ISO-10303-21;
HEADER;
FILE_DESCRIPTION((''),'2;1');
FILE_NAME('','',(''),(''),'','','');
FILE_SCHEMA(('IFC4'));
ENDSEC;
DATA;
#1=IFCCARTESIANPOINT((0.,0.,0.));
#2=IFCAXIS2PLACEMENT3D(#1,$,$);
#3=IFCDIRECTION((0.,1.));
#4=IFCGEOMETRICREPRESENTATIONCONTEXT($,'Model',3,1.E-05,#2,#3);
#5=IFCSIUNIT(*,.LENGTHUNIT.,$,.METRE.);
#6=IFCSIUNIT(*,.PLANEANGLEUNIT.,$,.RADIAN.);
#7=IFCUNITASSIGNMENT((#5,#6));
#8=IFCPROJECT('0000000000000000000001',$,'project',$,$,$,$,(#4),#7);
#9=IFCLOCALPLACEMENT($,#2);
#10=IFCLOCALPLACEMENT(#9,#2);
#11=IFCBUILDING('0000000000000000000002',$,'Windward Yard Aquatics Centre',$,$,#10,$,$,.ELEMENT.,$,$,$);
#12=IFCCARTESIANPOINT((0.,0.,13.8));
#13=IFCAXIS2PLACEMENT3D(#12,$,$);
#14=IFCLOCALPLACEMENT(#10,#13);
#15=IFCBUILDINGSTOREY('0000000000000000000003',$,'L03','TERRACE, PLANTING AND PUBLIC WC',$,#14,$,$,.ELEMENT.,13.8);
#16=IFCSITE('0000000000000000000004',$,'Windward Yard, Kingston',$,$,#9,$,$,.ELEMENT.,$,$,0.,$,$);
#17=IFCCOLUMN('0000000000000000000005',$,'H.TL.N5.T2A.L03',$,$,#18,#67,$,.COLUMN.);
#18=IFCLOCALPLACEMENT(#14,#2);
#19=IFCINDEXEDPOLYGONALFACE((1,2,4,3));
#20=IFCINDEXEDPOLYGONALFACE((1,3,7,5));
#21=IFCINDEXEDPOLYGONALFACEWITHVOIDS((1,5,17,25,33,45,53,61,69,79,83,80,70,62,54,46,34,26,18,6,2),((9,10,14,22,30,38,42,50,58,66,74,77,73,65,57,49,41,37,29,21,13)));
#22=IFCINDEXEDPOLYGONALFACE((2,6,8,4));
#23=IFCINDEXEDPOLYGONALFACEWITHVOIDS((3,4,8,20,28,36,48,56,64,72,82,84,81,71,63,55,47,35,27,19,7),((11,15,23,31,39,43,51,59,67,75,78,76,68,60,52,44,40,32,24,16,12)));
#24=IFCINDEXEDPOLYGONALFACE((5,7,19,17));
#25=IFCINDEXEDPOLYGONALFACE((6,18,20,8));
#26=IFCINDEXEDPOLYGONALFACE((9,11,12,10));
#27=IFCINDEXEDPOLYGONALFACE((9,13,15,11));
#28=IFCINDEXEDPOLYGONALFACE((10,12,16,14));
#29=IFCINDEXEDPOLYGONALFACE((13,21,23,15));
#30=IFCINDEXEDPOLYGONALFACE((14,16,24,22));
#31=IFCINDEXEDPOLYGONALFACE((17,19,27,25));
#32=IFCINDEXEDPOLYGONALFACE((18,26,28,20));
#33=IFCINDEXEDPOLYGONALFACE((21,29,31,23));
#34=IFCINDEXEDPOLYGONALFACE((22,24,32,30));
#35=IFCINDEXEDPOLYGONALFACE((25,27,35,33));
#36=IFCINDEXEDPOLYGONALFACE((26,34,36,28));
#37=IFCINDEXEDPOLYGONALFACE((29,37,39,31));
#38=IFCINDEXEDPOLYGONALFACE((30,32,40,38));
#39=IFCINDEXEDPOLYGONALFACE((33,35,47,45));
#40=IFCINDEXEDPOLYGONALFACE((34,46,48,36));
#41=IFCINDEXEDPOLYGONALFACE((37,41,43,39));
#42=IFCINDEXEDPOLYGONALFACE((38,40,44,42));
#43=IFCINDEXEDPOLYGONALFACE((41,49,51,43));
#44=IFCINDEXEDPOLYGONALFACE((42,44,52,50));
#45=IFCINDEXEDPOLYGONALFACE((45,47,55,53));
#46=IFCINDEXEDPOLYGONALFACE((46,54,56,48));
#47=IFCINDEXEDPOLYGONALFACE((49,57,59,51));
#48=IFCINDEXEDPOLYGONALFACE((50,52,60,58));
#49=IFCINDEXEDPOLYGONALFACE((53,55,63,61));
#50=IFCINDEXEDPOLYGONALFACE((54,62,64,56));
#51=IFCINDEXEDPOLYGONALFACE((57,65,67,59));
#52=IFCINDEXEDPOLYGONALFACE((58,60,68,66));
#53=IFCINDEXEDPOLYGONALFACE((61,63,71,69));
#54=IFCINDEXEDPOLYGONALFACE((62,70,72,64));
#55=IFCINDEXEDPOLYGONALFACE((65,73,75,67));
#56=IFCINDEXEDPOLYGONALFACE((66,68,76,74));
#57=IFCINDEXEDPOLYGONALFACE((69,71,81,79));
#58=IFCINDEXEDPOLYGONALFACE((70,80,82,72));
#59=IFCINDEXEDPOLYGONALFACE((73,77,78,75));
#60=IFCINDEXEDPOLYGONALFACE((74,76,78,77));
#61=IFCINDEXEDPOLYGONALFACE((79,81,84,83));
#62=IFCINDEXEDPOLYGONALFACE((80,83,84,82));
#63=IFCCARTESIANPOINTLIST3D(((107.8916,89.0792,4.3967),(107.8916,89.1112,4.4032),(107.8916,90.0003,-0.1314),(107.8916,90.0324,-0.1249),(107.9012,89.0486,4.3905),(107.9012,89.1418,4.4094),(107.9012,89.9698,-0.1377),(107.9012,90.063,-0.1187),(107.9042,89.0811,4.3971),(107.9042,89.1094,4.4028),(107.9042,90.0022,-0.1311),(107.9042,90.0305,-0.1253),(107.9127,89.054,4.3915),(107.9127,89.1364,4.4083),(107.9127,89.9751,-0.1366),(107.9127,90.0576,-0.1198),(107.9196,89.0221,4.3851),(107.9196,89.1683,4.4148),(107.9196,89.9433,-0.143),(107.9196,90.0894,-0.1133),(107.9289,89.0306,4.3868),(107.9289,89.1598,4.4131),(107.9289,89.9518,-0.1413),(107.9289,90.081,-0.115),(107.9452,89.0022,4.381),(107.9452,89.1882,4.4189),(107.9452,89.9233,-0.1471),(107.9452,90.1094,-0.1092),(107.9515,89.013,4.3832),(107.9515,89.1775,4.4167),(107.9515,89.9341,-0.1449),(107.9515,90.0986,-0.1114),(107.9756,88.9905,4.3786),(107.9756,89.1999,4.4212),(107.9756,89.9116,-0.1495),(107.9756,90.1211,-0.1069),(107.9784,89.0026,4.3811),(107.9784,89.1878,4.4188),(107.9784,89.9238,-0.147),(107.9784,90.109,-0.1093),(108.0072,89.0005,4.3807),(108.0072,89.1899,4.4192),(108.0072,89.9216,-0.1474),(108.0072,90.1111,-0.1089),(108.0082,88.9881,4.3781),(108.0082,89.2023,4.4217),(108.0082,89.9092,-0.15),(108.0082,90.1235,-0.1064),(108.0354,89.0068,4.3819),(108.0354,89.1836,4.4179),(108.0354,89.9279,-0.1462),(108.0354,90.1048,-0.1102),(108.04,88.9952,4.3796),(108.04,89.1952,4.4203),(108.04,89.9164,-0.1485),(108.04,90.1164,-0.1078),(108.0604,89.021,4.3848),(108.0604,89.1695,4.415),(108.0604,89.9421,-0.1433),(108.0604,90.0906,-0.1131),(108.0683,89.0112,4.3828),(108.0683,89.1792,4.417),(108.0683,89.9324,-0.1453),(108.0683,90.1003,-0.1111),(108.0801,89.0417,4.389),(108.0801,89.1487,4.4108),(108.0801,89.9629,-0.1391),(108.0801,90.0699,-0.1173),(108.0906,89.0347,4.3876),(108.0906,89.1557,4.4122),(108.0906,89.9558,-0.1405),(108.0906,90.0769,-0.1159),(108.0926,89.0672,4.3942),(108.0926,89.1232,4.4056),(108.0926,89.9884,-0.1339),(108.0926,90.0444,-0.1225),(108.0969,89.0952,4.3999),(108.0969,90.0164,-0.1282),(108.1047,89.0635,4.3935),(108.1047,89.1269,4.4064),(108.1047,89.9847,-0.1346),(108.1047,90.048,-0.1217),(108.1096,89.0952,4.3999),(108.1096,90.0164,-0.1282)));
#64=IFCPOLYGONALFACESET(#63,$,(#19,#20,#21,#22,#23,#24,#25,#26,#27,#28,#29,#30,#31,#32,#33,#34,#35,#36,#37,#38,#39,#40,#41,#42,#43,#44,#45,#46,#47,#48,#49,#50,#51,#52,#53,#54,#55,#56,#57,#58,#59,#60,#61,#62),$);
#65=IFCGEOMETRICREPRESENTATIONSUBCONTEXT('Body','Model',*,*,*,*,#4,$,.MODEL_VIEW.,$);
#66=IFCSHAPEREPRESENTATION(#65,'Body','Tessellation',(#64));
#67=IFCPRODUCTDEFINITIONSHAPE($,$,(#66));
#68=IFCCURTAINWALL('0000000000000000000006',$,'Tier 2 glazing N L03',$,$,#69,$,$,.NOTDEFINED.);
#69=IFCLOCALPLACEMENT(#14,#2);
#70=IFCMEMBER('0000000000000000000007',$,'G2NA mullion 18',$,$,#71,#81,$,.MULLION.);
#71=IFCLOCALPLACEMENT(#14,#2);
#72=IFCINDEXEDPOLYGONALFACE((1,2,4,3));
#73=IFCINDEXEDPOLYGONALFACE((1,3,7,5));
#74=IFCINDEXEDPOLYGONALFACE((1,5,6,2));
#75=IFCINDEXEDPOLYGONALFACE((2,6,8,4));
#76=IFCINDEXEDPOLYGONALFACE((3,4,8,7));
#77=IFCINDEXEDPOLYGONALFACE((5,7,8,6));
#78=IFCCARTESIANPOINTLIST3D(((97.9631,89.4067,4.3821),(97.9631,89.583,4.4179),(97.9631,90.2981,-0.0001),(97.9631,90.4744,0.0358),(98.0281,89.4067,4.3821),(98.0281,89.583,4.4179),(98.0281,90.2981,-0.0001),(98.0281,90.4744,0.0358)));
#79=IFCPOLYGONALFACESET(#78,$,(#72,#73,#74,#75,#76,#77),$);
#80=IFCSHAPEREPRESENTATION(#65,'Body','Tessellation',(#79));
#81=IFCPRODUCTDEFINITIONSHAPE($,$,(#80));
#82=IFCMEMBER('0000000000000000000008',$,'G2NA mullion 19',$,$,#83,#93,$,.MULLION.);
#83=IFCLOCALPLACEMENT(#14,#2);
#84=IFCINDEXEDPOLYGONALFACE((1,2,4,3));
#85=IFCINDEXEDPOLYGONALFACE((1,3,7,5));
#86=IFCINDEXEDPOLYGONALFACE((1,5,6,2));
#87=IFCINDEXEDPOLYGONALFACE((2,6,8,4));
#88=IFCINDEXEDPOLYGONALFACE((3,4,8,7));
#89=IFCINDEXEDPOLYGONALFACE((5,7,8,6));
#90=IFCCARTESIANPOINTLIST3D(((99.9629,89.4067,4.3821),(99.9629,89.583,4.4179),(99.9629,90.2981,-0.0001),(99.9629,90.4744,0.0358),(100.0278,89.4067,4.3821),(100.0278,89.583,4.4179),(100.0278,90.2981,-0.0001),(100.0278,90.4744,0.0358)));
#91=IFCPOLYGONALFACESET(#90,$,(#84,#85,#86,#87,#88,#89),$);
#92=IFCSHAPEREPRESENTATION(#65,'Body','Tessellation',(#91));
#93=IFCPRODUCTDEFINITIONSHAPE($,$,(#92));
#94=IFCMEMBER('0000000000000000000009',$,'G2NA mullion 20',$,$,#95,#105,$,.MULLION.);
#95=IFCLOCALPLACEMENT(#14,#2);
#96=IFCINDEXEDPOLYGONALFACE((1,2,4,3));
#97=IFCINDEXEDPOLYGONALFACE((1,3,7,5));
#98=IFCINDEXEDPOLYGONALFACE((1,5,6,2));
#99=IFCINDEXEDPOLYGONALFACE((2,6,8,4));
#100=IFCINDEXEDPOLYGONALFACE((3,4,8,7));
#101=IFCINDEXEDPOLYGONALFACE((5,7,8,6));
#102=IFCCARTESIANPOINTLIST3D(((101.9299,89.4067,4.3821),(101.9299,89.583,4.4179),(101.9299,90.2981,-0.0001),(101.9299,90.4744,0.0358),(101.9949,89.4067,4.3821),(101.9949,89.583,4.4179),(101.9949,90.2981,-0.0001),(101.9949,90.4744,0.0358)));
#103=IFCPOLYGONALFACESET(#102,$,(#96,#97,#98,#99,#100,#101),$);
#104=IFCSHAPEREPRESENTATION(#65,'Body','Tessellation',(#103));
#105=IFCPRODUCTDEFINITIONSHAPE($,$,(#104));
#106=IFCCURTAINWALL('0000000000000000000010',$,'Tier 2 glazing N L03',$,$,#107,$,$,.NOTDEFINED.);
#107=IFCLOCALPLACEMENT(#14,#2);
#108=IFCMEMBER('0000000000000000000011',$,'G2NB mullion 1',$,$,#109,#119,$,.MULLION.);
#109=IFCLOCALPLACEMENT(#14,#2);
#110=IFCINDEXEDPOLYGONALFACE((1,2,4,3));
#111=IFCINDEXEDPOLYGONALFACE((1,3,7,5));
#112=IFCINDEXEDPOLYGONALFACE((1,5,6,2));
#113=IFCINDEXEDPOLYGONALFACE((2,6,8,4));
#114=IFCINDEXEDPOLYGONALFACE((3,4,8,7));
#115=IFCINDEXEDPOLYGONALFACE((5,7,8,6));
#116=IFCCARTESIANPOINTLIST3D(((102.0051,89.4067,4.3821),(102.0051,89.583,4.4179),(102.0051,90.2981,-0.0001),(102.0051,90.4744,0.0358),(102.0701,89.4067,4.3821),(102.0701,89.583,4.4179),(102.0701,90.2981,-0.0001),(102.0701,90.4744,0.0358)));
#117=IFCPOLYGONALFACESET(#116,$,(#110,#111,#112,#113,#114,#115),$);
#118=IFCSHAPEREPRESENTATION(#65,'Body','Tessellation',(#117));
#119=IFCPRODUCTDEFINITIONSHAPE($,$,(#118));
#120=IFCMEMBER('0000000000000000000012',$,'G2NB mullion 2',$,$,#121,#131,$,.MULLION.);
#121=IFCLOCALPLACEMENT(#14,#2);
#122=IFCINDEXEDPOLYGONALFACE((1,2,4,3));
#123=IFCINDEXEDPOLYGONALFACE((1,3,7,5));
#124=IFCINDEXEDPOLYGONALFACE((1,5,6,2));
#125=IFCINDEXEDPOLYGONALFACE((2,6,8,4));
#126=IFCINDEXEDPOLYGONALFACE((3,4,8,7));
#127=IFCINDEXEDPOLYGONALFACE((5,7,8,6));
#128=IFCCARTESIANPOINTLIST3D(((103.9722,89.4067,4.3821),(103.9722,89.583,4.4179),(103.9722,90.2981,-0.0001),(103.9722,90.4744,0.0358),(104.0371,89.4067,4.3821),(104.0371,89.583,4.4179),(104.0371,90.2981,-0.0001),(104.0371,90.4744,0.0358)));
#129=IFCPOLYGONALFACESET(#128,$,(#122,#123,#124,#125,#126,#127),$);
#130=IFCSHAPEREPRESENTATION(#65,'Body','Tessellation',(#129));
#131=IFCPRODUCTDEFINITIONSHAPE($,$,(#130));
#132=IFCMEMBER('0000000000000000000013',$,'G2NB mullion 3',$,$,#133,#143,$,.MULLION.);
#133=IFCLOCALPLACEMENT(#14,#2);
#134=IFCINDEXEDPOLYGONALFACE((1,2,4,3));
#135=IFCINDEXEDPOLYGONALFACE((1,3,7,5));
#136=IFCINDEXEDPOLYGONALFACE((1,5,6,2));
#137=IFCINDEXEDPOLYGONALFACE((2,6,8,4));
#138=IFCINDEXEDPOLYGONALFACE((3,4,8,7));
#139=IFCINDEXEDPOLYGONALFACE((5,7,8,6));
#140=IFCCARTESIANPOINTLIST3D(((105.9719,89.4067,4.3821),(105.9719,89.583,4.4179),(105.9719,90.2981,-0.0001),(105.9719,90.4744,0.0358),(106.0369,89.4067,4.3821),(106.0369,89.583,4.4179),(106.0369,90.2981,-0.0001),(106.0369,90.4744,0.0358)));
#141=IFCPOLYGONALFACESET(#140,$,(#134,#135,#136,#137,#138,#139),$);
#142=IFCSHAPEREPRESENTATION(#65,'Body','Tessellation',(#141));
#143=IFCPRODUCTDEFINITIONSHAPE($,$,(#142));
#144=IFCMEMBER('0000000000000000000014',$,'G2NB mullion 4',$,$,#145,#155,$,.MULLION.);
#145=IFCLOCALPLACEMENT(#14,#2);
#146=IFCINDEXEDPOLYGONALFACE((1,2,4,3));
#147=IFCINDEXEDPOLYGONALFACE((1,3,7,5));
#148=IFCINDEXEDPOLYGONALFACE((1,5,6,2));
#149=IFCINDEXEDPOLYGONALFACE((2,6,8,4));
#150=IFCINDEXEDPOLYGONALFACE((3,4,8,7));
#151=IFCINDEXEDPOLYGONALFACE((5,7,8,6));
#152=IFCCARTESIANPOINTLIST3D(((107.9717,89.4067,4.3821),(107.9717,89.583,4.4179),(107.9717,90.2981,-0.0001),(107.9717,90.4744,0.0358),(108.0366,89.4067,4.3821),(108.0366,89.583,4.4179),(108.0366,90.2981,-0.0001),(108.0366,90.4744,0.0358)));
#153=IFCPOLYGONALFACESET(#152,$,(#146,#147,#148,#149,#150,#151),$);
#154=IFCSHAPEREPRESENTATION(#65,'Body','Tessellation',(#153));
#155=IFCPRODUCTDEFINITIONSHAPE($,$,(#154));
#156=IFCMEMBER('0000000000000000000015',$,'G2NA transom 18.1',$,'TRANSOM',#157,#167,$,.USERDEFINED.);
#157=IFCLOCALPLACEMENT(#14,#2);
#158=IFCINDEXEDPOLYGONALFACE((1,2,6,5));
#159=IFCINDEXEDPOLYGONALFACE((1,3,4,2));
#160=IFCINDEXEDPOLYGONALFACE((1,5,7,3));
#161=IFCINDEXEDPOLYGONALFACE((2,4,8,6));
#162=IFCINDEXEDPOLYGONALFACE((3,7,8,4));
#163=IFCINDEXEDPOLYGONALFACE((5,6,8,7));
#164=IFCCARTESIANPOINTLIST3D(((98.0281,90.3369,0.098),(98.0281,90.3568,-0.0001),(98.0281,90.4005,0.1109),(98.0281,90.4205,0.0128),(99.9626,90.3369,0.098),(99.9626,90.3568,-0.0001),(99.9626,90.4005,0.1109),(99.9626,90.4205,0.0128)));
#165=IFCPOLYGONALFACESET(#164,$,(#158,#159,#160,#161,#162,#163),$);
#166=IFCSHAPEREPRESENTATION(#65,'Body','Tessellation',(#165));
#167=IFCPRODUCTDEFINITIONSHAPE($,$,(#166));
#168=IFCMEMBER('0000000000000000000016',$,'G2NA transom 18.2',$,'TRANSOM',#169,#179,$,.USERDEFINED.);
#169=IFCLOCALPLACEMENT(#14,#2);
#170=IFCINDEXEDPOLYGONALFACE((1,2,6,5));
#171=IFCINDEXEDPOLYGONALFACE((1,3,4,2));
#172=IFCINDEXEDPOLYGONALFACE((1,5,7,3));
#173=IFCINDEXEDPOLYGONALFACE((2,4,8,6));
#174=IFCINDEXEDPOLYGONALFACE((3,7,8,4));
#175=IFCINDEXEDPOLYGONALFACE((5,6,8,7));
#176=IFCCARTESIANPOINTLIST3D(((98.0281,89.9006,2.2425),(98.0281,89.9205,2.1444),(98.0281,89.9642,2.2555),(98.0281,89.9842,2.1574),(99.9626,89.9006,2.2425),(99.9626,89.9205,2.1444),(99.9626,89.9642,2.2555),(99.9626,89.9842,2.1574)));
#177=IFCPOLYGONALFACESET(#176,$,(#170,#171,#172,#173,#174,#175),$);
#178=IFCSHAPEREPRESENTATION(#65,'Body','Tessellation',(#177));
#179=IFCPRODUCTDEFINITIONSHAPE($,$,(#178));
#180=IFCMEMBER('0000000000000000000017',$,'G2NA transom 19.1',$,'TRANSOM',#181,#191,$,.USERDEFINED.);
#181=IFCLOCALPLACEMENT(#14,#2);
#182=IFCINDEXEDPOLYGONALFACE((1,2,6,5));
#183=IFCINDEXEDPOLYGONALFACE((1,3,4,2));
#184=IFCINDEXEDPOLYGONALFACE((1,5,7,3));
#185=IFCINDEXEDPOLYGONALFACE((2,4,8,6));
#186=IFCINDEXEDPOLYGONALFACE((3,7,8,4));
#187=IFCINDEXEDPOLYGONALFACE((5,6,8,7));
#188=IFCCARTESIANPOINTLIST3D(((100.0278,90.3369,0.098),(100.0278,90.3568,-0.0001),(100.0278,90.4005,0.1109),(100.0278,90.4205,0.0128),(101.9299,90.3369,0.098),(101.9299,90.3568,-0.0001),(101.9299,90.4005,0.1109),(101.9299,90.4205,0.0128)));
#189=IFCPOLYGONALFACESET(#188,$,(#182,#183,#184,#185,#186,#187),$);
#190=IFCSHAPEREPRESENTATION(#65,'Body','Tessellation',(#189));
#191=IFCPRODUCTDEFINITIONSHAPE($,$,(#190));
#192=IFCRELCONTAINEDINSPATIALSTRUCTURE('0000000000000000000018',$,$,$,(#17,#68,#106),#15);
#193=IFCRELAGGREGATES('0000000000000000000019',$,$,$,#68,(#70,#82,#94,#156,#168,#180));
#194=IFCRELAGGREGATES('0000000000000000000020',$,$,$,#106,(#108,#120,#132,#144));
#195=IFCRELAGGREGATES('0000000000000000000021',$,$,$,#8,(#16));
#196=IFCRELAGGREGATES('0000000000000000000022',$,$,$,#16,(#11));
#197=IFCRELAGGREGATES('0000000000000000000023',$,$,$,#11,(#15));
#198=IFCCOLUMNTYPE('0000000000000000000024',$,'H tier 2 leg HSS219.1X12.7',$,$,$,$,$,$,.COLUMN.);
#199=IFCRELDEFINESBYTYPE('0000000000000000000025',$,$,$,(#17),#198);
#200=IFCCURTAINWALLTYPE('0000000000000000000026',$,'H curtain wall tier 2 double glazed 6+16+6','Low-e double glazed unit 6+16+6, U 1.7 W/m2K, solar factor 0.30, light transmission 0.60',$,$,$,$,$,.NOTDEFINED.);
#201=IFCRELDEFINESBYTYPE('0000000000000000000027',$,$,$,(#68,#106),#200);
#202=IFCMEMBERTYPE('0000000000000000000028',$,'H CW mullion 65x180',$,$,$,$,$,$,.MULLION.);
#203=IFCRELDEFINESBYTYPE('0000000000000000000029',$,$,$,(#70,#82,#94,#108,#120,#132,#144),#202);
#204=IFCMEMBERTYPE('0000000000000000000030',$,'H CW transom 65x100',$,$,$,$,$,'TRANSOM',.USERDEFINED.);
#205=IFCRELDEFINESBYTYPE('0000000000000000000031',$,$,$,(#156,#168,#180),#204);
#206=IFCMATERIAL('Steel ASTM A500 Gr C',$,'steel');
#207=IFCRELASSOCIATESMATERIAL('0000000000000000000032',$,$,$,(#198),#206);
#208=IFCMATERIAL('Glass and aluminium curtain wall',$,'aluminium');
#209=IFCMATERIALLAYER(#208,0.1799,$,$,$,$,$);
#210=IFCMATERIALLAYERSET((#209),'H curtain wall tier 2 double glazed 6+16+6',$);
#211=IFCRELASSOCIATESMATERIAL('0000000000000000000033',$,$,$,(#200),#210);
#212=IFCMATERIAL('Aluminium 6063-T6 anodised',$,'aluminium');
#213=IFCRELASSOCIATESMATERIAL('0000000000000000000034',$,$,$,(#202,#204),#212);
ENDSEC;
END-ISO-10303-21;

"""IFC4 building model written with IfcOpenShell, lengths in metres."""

from ifc_helpers import new_model, si_unit, direction, frame, origin, origin_2d, place, context, subcontext, project, spatial, rectangle, hollow_circle, extrude, material, layer, layer_set, material_profile, profile_set, type_object, element, aggregate, save


model = new_model("IFC4")

# Units and contexts
model_context = context("Model", 3, precision=1e-05, world=origin(), true_north=direction((0.0, 1.0)))
body_context = subcontext(model_context, "Body", "Model", "MODEL_VIEW")
ifc_project = project(units=[si_unit("LENGTHUNIT", "METRE"), si_unit("PLANEANGLEUNIT", "RADIAN")], contexts=[model_context])

# Site, building, storey
site_placement = place(None, origin())
site = spatial("IfcSite", under=ifc_project, at=site_placement, Name="Windward Yard, Kingston", CompositionType="ELEMENT", RefElevation=0.0)
building_placement = place(site_placement, origin())
building = spatial("IfcBuilding", under=site, at=building_placement, Name="Windward Yard Aquatics Centre", CompositionType="ELEMENT")
storey_placement = place(building_placement, frame((0.0, 0.0, 13.8)))
storey = spatial("IfcBuildingStorey", under=building, at=storey_placement, Name="L03", Description="TERRACE, PLANTING AND PUBLIC WC", CompositionType="ELEMENT", Elevation=13.8)

# Column
ifc_material_1 = material(Name="Steel ASTM A500 Gr C", Category="steel")
ifc_material_profile_1 = material_profile(ifc_material_1, hollow_circle(Radius=0.1096, WallThickness=0.0127, at=origin_2d()), Name="HSS219.1X12.7")
ifc_profile_set_1 = profile_set([ifc_material_profile_1], Name="Steel ASTM A500 Gr C")
column_type = type_object("IfcColumnType", Name="H tier 2 leg HSS219.1X12.7", PredefinedType="COLUMN", material=ifc_profile_set_1)
column_placement = place(storey_placement, frame((108.0, 90.0164, -0.1282), z_axis=(0.0, -0.199346, 0.979929), x_axis=(1.0, 0.0, 0.0)))
element("IfcColumn", 1, at=column_placement, inside=storey, type_object=column_type, Name="H.TL.N5.T2A.L03", PredefinedType="COLUMN", context=body_context, shape_type="SweptSolid", body=[
    extrude(hollow_circle(Radius=0.1096, WallThickness=0.0127, at=origin_2d()), origin(), (0.0, 0.0, 1.0), 4.6208),
])

# Curtain walls, members
ifc_material_2 = material(Name="Glass and aluminium curtain wall", Category="aluminium")
ifc_layer_1 = layer(ifc_material_2, 0.1799)
ifc_layer_set_1 = layer_set([ifc_layer_1], Name="H curtain wall tier 2 double glazed 6+16+6")
curtain_wall_type = type_object("IfcCurtainWallType", Name="H curtain wall tier 2 double glazed 6+16+6", Description="Low-e double glazed unit 6+16+6, U 1.7 W/m2K, solar factor 0.30, light transmission 0.60", PredefinedType="NOTDEFINED", material=ifc_layer_set_1)
curtain_wall_1_placement = place(storey_placement, origin())
curtain_wall_1 = element("IfcCurtainWall", 2, at=curtain_wall_1_placement, inside=storey, type_object=curtain_wall_type, Name="Tier 2 glazing N L03", PredefinedType="NOTDEFINED")
ifc_material_3 = material(Name="Aluminium 6063-T6 anodised", Category="aluminium")
ifc_material_profile_2 = material_profile(ifc_material_3, rectangle(XDim=0.0649, YDim=0.1799, at=origin_2d()), Name="H CW mullion 65x180")
ifc_profile_set_2 = profile_set([ifc_material_profile_2], Name="Aluminium 6063-T6 anodised")
member_type_1 = type_object("IfcMemberType", Name="H CW mullion 65x180", PredefinedType="MULLION", material=ifc_profile_set_2)
member_1_placement = place(storey_placement, frame((97.9956, 90.3862, 0.0178), z_axis=(0.0, -0.199328, 0.979933), x_axis=(1.0, 0.0, 0.0)))
member_1 = element("IfcMember", 3, at=member_1_placement, type_object=member_type_1, Name="G2NA mullion 18", PredefinedType="MULLION", context=body_context, shape_type="SweptSolid", body=[
    extrude(rectangle(XDim=0.0649, YDim=0.1799, at=origin_2d()), origin(), (0.0, 0.0, 1.0), 4.4719),
])
member_2_placement = place(storey_placement, frame((99.9954, 90.3862, 0.0178), z_axis=(0.0, -0.199328, 0.979933), x_axis=(1.0, 0.0, 0.0)))
member_2 = element("IfcMember", 4, at=member_2_placement, type_object=member_type_1, Name="G2NA mullion 19", PredefinedType="MULLION", context=body_context, shape_type="SweptSolid", body=[
    extrude(rectangle(XDim=0.0649, YDim=0.1799, at=origin_2d()), origin(), (0.0, 0.0, 1.0), 4.4719),
])
member_3_placement = place(storey_placement, frame((101.9624, 90.3862, 0.0178), z_axis=(0.0, -0.199328, 0.979933), x_axis=(1.0, 0.0, 0.0)))
member_3 = element("IfcMember", 5, at=member_3_placement, type_object=member_type_1, Name="G2NA mullion 20", PredefinedType="MULLION", context=body_context, shape_type="SweptSolid", body=[
    extrude(rectangle(XDim=0.0649, YDim=0.1799, at=origin_2d()), origin(), (0.0, 0.0, 1.0), 4.4719),
])
curtain_wall_2_placement = place(storey_placement, origin())
curtain_wall_2 = element("IfcCurtainWall", 6, at=curtain_wall_2_placement, inside=storey, type_object=curtain_wall_type, Name="Tier 2 glazing N L03", PredefinedType="NOTDEFINED")
member_4_placement = place(storey_placement, frame((102.0376, 90.3862, 0.0178), z_axis=(0.0, -0.199328, 0.979933), x_axis=(1.0, 0.0, 0.0)))
member_4 = element("IfcMember", 7, at=member_4_placement, type_object=member_type_1, Name="G2NB mullion 1", PredefinedType="MULLION", context=body_context, shape_type="SweptSolid", body=[
    extrude(rectangle(XDim=0.0649, YDim=0.1799, at=origin_2d()), origin(), (0.0, 0.0, 1.0), 4.4719),
])
member_5_placement = place(storey_placement, frame((104.0046, 90.3862, 0.0178), z_axis=(0.0, -0.199328, 0.979933), x_axis=(1.0, 0.0, 0.0)))
member_5 = element("IfcMember", 8, at=member_5_placement, type_object=member_type_1, Name="G2NB mullion 2", PredefinedType="MULLION", context=body_context, shape_type="SweptSolid", body=[
    extrude(rectangle(XDim=0.0649, YDim=0.1799, at=origin_2d()), origin(), (0.0, 0.0, 1.0), 4.4719),
])
member_6_placement = place(storey_placement, frame((106.0044, 90.3862, 0.0178), z_axis=(0.0, -0.199328, 0.979933), x_axis=(1.0, 0.0, 0.0)))
member_6 = element("IfcMember", 9, at=member_6_placement, type_object=member_type_1, Name="G2NB mullion 3", PredefinedType="MULLION", context=body_context, shape_type="SweptSolid", body=[
    extrude(rectangle(XDim=0.0649, YDim=0.1799, at=origin_2d()), origin(), (0.0, 0.0, 1.0), 4.4719),
])
member_7_placement = place(storey_placement, frame((108.0042, 90.3862, 0.0178), z_axis=(0.0, -0.199328, 0.979933), x_axis=(1.0, 0.0, 0.0)))
member_7 = element("IfcMember", 10, at=member_7_placement, type_object=member_type_1, Name="G2NB mullion 4", PredefinedType="MULLION", context=body_context, shape_type="SweptSolid", body=[
    extrude(rectangle(XDim=0.0649, YDim=0.1799, at=origin_2d()), origin(), (0.0, 0.0, 1.0), 4.4719),
])

# Members
ifc_material_profile_3 = material_profile(ifc_material_3, rectangle(XDim=0.0649, YDim=0.1001, at=origin_2d()), Name="H CW transom 65x100")
ifc_profile_set_3 = profile_set([ifc_material_profile_3], Name="Aluminium 6063-T6 anodised")
member_type_2 = type_object("IfcMemberType", Name="H CW transom 65x100", ElementType="TRANSOM", PredefinedType="USERDEFINED", material=ifc_profile_set_3)
member_8_placement = place(storey_placement, frame((98.0281, 90.3787, 0.0554), z_axis=(1.0, 0.0, 0.0), x_axis=(0.0, 0.979925, 0.199368)))
member_8 = element("IfcMember", 11, at=member_8_placement, type_object=member_type_2, Name="G2NA transom 18.1", ObjectType="TRANSOM", PredefinedType="USERDEFINED", context=body_context, shape_type="SweptSolid", body=[
    extrude(rectangle(XDim=0.0649, YDim=0.1001, at=origin_2d()), origin(), (0.0, 0.0, 1.0), 1.9346),
])
member_9_placement = place(storey_placement, frame((98.0281, 89.9424, 2.2), z_axis=(1.0, 0.0, 0.0), x_axis=(0.0, 0.979925, 0.199368)))
member_9 = element("IfcMember", 12, at=member_9_placement, type_object=member_type_2, Name="G2NA transom 18.2", ObjectType="TRANSOM", PredefinedType="USERDEFINED", context=body_context, shape_type="SweptSolid", body=[
    extrude(rectangle(XDim=0.0649, YDim=0.1001, at=origin_2d()), origin(), (0.0, 0.0, 1.0), 1.9346),
])
member_10_placement = place(storey_placement, frame((100.0278, 90.3787, 0.0554), z_axis=(1.0, 0.0, 0.0), x_axis=(0.0, 0.979925, 0.199368)))
member_10 = element("IfcMember", 13, at=member_10_placement, type_object=member_type_2, Name="G2NA transom 19.1", ObjectType="TRANSOM", PredefinedType="USERDEFINED", context=body_context, shape_type="SweptSolid", body=[
    extrude(rectangle(XDim=0.0649, YDim=0.1001, at=origin_2d()), origin(), (0.0, 0.0, 1.0), 1.9021),
])

aggregate(curtain_wall_1, [member_1, member_2, member_3, member_8, member_9, member_10])
aggregate(curtain_wall_2, [member_4, member_5, member_6, member_7])

save(model, "model.ifc")
